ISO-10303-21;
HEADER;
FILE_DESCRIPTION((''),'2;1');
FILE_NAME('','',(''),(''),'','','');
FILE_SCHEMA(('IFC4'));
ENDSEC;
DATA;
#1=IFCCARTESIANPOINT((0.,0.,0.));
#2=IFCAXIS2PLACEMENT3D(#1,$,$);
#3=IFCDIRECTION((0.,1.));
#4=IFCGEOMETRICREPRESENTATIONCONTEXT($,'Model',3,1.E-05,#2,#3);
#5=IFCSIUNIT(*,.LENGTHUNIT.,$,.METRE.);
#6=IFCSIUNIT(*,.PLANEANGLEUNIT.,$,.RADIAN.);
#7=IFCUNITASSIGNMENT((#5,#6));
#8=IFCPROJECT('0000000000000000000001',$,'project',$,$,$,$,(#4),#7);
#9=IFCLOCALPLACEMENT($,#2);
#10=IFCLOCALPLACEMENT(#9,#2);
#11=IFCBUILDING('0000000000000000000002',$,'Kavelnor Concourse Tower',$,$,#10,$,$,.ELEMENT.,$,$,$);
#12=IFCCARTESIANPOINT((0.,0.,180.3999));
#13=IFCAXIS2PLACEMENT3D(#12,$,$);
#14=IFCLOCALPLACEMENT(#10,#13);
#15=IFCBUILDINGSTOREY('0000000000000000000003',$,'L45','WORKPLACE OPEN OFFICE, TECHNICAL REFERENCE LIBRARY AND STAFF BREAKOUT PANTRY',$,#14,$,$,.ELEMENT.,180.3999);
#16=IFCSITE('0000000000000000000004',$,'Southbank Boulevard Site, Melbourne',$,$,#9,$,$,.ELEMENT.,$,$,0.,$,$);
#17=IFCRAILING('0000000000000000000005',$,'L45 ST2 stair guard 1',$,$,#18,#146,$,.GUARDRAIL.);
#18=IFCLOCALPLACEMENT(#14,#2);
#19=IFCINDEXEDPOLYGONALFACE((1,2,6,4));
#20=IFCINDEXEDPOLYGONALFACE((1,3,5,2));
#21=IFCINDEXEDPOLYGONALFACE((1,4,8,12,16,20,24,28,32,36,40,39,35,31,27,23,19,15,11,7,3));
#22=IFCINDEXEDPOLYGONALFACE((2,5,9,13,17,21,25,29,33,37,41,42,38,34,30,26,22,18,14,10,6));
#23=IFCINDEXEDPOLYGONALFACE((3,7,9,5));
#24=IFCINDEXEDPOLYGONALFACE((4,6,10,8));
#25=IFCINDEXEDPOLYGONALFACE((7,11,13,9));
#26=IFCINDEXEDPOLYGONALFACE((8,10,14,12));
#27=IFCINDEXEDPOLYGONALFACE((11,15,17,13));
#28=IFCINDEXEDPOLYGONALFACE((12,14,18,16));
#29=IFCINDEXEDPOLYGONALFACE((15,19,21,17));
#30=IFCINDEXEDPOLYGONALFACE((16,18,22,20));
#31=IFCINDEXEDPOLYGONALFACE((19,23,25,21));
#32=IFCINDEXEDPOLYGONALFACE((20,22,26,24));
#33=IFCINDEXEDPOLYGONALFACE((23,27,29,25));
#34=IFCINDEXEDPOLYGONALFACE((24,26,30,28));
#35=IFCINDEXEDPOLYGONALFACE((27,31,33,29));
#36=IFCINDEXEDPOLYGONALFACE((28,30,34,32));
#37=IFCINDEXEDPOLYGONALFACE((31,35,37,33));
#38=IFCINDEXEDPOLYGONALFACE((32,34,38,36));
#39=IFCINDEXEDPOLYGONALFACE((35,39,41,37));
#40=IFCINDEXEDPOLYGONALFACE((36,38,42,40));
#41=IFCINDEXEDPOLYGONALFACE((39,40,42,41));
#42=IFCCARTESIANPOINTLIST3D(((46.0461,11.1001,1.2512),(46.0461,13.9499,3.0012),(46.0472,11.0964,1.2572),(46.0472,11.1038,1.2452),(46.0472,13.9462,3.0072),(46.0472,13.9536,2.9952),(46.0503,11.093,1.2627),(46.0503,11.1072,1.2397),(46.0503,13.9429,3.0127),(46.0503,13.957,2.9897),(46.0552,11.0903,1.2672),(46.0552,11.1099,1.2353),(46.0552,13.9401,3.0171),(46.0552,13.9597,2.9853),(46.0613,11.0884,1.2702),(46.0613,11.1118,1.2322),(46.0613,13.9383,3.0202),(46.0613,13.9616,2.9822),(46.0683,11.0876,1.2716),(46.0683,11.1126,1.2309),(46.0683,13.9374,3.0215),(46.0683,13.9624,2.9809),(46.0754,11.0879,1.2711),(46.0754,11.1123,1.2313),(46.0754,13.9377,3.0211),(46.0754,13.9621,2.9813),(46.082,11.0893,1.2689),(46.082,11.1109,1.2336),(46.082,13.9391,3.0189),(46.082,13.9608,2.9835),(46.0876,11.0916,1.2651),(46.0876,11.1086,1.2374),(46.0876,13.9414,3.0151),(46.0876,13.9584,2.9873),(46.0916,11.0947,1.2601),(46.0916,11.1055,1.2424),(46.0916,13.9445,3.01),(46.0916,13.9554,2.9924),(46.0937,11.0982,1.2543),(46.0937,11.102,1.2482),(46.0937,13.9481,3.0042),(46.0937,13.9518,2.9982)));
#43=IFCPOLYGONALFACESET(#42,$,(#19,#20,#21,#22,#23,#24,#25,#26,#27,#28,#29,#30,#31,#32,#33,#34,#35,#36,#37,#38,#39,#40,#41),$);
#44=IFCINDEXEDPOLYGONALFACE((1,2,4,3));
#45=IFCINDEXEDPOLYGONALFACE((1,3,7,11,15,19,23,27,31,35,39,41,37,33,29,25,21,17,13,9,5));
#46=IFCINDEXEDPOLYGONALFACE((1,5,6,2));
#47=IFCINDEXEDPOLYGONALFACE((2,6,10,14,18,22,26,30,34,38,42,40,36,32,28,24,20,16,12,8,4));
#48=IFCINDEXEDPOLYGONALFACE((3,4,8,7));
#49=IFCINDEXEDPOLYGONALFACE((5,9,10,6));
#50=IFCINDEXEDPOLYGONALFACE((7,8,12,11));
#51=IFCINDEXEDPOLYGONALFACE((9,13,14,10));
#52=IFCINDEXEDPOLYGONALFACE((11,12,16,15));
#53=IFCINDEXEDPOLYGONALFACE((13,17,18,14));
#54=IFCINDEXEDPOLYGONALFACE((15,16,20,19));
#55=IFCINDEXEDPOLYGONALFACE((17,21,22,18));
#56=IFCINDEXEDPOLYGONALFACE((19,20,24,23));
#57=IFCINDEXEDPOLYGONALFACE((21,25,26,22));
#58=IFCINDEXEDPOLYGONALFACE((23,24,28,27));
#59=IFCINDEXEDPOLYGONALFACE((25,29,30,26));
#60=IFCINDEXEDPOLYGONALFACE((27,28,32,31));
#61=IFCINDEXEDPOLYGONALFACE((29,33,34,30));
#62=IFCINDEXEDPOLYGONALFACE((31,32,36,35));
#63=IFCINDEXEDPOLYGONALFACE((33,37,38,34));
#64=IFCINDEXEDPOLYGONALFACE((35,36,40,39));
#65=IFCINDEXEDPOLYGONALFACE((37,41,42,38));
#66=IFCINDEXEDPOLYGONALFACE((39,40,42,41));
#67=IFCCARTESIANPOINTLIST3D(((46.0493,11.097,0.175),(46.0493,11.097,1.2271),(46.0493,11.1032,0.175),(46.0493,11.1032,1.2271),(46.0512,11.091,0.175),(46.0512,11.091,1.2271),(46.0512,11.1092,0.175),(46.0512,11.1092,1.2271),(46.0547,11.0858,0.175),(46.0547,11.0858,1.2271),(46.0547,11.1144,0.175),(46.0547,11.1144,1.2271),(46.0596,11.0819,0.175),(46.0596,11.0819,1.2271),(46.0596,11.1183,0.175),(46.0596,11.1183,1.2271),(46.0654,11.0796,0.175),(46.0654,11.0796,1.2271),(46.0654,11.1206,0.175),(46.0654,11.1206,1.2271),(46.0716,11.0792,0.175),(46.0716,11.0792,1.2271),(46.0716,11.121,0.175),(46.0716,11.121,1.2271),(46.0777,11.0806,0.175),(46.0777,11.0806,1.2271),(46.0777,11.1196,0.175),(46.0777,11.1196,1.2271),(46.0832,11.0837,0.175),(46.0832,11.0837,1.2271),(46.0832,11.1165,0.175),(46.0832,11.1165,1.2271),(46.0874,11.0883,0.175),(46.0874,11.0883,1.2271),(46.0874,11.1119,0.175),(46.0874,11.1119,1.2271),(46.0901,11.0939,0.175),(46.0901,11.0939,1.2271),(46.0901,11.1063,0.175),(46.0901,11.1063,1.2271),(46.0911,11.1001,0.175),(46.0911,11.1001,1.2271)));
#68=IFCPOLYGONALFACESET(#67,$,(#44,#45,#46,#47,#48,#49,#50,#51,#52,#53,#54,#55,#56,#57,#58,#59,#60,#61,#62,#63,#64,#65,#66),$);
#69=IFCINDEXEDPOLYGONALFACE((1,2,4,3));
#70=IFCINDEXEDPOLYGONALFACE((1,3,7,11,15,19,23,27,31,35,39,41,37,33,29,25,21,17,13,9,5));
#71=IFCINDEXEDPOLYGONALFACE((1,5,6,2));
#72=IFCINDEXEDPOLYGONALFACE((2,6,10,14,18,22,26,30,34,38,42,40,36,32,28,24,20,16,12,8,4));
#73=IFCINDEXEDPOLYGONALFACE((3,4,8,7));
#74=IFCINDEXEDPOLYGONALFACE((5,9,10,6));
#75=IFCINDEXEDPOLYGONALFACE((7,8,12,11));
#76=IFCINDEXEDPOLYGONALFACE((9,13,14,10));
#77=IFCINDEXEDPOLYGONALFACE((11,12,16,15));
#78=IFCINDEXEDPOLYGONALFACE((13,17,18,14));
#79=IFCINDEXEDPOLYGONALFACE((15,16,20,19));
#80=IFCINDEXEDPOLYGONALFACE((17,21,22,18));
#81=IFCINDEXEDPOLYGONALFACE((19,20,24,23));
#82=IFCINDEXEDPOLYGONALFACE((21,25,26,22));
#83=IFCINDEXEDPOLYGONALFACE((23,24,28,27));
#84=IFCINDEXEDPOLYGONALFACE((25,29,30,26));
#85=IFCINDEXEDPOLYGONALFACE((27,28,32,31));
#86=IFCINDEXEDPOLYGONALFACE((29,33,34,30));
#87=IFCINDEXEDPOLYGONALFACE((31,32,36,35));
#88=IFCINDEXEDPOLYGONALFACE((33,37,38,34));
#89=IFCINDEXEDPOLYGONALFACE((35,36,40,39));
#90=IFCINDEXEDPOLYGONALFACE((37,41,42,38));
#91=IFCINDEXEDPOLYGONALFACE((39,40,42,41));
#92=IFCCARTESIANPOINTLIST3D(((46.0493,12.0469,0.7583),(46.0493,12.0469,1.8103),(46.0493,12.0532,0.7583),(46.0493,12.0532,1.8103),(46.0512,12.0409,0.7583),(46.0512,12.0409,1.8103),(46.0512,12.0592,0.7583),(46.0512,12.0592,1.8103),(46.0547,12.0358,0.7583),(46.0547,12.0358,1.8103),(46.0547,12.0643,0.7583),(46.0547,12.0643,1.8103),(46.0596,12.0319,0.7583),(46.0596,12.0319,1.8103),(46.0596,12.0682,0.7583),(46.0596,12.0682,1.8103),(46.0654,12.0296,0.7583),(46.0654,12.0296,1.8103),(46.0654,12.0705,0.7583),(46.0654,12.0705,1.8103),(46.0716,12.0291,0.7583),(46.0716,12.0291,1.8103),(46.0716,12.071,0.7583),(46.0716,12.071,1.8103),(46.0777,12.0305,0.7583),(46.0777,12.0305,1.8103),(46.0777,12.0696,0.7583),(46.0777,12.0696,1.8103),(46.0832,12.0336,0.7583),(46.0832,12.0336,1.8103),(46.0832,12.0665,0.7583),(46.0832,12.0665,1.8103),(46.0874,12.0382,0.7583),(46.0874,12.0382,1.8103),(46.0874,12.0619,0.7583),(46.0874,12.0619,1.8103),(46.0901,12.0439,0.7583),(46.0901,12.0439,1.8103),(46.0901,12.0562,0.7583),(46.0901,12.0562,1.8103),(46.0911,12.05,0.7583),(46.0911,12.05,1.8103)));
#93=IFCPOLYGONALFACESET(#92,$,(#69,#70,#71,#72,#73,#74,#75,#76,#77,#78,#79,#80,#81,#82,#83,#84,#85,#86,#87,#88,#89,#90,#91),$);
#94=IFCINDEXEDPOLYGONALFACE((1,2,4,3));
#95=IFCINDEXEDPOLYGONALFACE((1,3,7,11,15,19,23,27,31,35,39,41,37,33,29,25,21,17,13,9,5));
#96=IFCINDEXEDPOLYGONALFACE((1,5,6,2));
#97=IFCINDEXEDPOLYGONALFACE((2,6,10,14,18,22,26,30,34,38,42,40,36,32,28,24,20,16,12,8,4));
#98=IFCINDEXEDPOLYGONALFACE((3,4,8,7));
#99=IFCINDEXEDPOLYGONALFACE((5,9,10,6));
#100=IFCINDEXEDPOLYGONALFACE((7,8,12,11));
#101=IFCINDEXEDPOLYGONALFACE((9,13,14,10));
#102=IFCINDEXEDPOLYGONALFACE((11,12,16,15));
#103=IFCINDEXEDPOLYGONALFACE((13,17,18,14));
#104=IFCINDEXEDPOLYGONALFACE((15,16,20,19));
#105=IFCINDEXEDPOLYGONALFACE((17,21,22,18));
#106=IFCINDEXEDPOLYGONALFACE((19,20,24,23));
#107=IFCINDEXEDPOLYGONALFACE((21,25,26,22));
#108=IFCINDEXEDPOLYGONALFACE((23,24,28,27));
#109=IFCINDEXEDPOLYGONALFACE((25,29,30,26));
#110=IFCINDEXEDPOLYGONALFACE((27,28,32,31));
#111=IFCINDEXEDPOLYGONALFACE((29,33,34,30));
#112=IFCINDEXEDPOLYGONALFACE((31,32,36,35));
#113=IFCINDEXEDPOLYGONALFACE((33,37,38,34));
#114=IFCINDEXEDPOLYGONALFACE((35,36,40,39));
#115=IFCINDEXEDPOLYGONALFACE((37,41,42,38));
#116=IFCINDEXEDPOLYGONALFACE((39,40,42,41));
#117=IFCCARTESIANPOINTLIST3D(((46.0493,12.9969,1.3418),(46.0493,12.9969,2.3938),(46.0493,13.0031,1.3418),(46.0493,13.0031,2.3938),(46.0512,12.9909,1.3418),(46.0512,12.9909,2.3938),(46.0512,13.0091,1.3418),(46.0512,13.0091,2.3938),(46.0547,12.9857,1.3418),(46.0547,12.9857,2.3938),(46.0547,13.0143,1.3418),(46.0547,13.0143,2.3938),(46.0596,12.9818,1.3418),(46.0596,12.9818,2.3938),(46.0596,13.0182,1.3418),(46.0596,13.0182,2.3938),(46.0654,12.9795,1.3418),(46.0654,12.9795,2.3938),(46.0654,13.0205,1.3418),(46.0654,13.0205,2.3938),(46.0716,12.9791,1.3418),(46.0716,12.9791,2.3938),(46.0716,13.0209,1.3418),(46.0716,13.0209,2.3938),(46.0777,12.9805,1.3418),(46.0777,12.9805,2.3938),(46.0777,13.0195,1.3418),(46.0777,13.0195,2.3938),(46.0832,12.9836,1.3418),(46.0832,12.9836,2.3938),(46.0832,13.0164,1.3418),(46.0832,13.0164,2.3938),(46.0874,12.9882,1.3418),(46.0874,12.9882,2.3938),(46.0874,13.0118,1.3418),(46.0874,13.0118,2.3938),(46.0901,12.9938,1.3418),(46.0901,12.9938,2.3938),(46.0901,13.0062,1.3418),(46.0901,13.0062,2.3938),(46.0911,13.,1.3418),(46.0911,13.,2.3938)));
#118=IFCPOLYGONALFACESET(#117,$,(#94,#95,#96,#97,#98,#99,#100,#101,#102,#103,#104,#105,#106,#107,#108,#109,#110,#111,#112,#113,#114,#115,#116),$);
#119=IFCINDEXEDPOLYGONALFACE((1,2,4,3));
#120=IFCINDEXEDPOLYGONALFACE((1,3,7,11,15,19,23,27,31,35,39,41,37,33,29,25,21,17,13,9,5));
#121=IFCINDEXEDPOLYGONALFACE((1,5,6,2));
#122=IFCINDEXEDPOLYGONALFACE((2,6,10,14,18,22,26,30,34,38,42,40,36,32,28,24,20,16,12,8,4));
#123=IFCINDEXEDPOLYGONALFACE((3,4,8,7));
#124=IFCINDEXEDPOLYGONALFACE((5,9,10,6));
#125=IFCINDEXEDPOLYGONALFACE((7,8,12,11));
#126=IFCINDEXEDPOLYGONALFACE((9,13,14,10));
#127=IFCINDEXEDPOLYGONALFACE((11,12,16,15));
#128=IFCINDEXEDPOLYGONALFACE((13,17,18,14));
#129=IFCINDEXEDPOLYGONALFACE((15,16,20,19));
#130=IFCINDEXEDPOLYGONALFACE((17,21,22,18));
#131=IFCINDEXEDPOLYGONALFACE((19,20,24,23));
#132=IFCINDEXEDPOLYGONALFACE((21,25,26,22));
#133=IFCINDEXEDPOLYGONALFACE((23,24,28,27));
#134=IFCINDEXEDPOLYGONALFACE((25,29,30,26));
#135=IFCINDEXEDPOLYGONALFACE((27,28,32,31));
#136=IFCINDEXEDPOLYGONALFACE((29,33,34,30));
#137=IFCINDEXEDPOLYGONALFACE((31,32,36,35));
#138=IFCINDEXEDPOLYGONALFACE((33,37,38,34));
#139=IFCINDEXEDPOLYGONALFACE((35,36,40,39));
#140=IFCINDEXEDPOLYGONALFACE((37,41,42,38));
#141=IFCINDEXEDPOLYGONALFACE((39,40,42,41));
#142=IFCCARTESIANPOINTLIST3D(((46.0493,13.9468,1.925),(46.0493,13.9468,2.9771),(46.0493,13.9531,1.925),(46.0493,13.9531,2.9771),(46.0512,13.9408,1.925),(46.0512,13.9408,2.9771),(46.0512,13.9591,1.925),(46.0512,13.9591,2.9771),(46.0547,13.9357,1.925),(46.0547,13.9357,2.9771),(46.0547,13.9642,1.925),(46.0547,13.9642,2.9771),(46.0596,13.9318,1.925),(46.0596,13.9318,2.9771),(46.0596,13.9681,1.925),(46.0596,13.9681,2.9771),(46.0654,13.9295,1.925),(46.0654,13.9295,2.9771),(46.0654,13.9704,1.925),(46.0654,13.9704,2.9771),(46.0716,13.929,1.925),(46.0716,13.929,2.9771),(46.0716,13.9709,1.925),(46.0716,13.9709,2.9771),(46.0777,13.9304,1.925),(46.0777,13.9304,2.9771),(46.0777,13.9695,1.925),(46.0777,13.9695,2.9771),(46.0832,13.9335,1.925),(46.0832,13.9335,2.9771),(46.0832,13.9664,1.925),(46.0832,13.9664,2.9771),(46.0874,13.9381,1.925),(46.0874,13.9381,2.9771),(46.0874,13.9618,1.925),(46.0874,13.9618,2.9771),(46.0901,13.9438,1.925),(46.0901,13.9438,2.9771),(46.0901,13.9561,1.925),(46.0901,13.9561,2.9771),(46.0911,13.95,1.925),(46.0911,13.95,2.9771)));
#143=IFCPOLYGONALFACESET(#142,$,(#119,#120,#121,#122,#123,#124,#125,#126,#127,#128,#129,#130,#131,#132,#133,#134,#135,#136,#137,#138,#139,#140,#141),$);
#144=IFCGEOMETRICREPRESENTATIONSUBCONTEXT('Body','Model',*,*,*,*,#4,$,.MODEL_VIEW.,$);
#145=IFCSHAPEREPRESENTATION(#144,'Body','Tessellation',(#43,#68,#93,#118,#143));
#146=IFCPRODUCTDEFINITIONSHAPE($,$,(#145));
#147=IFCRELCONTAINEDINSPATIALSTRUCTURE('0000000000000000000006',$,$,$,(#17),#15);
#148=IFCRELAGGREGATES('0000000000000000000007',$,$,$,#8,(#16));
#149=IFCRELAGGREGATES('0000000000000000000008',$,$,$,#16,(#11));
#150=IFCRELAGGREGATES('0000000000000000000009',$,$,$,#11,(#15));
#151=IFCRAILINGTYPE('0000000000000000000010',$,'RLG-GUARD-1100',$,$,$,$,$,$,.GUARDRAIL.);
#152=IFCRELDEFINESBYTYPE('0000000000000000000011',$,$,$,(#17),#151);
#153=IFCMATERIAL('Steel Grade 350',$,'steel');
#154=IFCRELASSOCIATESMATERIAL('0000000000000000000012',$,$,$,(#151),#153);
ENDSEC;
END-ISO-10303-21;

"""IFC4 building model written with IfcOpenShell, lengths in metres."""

from ifc_helpers import new_model, si_unit, direction, frame, origin, origin_2d, place, context, subcontext, project, spatial, circle, extrude, material, type_object, element, save


model = new_model("IFC4")

# Units and contexts
model_context = context("Model", 3, precision=1e-05, world=origin(), true_north=direction((0.0, 1.0)))
body_context = subcontext(model_context, "Body", "Model", "MODEL_VIEW")
ifc_project = project(units=[si_unit("LENGTHUNIT", "METRE"), si_unit("PLANEANGLEUNIT", "RADIAN")], contexts=[model_context])

# Site, building, storey
site_placement = place(None, origin())
site = spatial("IfcSite", under=ifc_project, at=site_placement, Name="Southbank Boulevard Site, Melbourne", CompositionType="ELEMENT", RefElevation=0.0)
building_placement = place(site_placement, origin())
building = spatial("IfcBuilding", under=site, at=building_placement, Name="Kavelnor Concourse Tower", CompositionType="ELEMENT")
storey_placement = place(building_placement, frame((0.0, 0.0, 180.3999)))
storey = spatial("IfcBuildingStorey", under=building, at=storey_placement, Name="L45", Description="WORKPLACE OPEN OFFICE, TECHNICAL REFERENCE LIBRARY AND STAFF BREAKOUT PANTRY", CompositionType="ELEMENT", Elevation=180.3999)

# Shared definitions
ifc_material_1 = material(Name="Steel Grade 350", Category="steel")

# Railing
railing_type_1 = type_object("IfcRailingType", Name="RLG-GUARD-1100", PredefinedType="GUARDRAIL", material=ifc_material_1)
railing_1_placement = place(storey_placement, frame((46.0701, 11.1001, 0.175)))
element("IfcRailing", 1, at=railing_1_placement, inside=storey, type_object=railing_type_1, Name="L45 ST2 stair guard 1", PredefinedType="GUARDRAIL", context=body_context, shape_type="SweptSolid", body=[
    extrude(circle(Radius=0.0239, at=origin_2d()), frame((0.0, 0.0, 1.0762), z_axis=(0.0, 0.852159, 0.523283), x_axis=(-1.0, 0.0, 0.0)), (0.0, 0.0, 1.0), 3.3442),
    extrude(circle(Radius=0.021, at=origin_2d()), origin(), (0.0, 0.0, 1.0), 1.052),
    extrude(circle(Radius=0.021, at=origin_2d()), frame((0.0, 0.95, 0.5833)), (0.0, 0.0, 1.0), 1.052),
    extrude(circle(Radius=0.021, at=origin_2d()), frame((0.0, 1.8999, 1.1667)), (0.0, 0.0, 1.0), 1.052),
    extrude(circle(Radius=0.021, at=origin_2d()), frame((0.0, 2.8499, 1.75)), (0.0, 0.0, 1.0), 1.052),
])

save(model, "model.ifc")
